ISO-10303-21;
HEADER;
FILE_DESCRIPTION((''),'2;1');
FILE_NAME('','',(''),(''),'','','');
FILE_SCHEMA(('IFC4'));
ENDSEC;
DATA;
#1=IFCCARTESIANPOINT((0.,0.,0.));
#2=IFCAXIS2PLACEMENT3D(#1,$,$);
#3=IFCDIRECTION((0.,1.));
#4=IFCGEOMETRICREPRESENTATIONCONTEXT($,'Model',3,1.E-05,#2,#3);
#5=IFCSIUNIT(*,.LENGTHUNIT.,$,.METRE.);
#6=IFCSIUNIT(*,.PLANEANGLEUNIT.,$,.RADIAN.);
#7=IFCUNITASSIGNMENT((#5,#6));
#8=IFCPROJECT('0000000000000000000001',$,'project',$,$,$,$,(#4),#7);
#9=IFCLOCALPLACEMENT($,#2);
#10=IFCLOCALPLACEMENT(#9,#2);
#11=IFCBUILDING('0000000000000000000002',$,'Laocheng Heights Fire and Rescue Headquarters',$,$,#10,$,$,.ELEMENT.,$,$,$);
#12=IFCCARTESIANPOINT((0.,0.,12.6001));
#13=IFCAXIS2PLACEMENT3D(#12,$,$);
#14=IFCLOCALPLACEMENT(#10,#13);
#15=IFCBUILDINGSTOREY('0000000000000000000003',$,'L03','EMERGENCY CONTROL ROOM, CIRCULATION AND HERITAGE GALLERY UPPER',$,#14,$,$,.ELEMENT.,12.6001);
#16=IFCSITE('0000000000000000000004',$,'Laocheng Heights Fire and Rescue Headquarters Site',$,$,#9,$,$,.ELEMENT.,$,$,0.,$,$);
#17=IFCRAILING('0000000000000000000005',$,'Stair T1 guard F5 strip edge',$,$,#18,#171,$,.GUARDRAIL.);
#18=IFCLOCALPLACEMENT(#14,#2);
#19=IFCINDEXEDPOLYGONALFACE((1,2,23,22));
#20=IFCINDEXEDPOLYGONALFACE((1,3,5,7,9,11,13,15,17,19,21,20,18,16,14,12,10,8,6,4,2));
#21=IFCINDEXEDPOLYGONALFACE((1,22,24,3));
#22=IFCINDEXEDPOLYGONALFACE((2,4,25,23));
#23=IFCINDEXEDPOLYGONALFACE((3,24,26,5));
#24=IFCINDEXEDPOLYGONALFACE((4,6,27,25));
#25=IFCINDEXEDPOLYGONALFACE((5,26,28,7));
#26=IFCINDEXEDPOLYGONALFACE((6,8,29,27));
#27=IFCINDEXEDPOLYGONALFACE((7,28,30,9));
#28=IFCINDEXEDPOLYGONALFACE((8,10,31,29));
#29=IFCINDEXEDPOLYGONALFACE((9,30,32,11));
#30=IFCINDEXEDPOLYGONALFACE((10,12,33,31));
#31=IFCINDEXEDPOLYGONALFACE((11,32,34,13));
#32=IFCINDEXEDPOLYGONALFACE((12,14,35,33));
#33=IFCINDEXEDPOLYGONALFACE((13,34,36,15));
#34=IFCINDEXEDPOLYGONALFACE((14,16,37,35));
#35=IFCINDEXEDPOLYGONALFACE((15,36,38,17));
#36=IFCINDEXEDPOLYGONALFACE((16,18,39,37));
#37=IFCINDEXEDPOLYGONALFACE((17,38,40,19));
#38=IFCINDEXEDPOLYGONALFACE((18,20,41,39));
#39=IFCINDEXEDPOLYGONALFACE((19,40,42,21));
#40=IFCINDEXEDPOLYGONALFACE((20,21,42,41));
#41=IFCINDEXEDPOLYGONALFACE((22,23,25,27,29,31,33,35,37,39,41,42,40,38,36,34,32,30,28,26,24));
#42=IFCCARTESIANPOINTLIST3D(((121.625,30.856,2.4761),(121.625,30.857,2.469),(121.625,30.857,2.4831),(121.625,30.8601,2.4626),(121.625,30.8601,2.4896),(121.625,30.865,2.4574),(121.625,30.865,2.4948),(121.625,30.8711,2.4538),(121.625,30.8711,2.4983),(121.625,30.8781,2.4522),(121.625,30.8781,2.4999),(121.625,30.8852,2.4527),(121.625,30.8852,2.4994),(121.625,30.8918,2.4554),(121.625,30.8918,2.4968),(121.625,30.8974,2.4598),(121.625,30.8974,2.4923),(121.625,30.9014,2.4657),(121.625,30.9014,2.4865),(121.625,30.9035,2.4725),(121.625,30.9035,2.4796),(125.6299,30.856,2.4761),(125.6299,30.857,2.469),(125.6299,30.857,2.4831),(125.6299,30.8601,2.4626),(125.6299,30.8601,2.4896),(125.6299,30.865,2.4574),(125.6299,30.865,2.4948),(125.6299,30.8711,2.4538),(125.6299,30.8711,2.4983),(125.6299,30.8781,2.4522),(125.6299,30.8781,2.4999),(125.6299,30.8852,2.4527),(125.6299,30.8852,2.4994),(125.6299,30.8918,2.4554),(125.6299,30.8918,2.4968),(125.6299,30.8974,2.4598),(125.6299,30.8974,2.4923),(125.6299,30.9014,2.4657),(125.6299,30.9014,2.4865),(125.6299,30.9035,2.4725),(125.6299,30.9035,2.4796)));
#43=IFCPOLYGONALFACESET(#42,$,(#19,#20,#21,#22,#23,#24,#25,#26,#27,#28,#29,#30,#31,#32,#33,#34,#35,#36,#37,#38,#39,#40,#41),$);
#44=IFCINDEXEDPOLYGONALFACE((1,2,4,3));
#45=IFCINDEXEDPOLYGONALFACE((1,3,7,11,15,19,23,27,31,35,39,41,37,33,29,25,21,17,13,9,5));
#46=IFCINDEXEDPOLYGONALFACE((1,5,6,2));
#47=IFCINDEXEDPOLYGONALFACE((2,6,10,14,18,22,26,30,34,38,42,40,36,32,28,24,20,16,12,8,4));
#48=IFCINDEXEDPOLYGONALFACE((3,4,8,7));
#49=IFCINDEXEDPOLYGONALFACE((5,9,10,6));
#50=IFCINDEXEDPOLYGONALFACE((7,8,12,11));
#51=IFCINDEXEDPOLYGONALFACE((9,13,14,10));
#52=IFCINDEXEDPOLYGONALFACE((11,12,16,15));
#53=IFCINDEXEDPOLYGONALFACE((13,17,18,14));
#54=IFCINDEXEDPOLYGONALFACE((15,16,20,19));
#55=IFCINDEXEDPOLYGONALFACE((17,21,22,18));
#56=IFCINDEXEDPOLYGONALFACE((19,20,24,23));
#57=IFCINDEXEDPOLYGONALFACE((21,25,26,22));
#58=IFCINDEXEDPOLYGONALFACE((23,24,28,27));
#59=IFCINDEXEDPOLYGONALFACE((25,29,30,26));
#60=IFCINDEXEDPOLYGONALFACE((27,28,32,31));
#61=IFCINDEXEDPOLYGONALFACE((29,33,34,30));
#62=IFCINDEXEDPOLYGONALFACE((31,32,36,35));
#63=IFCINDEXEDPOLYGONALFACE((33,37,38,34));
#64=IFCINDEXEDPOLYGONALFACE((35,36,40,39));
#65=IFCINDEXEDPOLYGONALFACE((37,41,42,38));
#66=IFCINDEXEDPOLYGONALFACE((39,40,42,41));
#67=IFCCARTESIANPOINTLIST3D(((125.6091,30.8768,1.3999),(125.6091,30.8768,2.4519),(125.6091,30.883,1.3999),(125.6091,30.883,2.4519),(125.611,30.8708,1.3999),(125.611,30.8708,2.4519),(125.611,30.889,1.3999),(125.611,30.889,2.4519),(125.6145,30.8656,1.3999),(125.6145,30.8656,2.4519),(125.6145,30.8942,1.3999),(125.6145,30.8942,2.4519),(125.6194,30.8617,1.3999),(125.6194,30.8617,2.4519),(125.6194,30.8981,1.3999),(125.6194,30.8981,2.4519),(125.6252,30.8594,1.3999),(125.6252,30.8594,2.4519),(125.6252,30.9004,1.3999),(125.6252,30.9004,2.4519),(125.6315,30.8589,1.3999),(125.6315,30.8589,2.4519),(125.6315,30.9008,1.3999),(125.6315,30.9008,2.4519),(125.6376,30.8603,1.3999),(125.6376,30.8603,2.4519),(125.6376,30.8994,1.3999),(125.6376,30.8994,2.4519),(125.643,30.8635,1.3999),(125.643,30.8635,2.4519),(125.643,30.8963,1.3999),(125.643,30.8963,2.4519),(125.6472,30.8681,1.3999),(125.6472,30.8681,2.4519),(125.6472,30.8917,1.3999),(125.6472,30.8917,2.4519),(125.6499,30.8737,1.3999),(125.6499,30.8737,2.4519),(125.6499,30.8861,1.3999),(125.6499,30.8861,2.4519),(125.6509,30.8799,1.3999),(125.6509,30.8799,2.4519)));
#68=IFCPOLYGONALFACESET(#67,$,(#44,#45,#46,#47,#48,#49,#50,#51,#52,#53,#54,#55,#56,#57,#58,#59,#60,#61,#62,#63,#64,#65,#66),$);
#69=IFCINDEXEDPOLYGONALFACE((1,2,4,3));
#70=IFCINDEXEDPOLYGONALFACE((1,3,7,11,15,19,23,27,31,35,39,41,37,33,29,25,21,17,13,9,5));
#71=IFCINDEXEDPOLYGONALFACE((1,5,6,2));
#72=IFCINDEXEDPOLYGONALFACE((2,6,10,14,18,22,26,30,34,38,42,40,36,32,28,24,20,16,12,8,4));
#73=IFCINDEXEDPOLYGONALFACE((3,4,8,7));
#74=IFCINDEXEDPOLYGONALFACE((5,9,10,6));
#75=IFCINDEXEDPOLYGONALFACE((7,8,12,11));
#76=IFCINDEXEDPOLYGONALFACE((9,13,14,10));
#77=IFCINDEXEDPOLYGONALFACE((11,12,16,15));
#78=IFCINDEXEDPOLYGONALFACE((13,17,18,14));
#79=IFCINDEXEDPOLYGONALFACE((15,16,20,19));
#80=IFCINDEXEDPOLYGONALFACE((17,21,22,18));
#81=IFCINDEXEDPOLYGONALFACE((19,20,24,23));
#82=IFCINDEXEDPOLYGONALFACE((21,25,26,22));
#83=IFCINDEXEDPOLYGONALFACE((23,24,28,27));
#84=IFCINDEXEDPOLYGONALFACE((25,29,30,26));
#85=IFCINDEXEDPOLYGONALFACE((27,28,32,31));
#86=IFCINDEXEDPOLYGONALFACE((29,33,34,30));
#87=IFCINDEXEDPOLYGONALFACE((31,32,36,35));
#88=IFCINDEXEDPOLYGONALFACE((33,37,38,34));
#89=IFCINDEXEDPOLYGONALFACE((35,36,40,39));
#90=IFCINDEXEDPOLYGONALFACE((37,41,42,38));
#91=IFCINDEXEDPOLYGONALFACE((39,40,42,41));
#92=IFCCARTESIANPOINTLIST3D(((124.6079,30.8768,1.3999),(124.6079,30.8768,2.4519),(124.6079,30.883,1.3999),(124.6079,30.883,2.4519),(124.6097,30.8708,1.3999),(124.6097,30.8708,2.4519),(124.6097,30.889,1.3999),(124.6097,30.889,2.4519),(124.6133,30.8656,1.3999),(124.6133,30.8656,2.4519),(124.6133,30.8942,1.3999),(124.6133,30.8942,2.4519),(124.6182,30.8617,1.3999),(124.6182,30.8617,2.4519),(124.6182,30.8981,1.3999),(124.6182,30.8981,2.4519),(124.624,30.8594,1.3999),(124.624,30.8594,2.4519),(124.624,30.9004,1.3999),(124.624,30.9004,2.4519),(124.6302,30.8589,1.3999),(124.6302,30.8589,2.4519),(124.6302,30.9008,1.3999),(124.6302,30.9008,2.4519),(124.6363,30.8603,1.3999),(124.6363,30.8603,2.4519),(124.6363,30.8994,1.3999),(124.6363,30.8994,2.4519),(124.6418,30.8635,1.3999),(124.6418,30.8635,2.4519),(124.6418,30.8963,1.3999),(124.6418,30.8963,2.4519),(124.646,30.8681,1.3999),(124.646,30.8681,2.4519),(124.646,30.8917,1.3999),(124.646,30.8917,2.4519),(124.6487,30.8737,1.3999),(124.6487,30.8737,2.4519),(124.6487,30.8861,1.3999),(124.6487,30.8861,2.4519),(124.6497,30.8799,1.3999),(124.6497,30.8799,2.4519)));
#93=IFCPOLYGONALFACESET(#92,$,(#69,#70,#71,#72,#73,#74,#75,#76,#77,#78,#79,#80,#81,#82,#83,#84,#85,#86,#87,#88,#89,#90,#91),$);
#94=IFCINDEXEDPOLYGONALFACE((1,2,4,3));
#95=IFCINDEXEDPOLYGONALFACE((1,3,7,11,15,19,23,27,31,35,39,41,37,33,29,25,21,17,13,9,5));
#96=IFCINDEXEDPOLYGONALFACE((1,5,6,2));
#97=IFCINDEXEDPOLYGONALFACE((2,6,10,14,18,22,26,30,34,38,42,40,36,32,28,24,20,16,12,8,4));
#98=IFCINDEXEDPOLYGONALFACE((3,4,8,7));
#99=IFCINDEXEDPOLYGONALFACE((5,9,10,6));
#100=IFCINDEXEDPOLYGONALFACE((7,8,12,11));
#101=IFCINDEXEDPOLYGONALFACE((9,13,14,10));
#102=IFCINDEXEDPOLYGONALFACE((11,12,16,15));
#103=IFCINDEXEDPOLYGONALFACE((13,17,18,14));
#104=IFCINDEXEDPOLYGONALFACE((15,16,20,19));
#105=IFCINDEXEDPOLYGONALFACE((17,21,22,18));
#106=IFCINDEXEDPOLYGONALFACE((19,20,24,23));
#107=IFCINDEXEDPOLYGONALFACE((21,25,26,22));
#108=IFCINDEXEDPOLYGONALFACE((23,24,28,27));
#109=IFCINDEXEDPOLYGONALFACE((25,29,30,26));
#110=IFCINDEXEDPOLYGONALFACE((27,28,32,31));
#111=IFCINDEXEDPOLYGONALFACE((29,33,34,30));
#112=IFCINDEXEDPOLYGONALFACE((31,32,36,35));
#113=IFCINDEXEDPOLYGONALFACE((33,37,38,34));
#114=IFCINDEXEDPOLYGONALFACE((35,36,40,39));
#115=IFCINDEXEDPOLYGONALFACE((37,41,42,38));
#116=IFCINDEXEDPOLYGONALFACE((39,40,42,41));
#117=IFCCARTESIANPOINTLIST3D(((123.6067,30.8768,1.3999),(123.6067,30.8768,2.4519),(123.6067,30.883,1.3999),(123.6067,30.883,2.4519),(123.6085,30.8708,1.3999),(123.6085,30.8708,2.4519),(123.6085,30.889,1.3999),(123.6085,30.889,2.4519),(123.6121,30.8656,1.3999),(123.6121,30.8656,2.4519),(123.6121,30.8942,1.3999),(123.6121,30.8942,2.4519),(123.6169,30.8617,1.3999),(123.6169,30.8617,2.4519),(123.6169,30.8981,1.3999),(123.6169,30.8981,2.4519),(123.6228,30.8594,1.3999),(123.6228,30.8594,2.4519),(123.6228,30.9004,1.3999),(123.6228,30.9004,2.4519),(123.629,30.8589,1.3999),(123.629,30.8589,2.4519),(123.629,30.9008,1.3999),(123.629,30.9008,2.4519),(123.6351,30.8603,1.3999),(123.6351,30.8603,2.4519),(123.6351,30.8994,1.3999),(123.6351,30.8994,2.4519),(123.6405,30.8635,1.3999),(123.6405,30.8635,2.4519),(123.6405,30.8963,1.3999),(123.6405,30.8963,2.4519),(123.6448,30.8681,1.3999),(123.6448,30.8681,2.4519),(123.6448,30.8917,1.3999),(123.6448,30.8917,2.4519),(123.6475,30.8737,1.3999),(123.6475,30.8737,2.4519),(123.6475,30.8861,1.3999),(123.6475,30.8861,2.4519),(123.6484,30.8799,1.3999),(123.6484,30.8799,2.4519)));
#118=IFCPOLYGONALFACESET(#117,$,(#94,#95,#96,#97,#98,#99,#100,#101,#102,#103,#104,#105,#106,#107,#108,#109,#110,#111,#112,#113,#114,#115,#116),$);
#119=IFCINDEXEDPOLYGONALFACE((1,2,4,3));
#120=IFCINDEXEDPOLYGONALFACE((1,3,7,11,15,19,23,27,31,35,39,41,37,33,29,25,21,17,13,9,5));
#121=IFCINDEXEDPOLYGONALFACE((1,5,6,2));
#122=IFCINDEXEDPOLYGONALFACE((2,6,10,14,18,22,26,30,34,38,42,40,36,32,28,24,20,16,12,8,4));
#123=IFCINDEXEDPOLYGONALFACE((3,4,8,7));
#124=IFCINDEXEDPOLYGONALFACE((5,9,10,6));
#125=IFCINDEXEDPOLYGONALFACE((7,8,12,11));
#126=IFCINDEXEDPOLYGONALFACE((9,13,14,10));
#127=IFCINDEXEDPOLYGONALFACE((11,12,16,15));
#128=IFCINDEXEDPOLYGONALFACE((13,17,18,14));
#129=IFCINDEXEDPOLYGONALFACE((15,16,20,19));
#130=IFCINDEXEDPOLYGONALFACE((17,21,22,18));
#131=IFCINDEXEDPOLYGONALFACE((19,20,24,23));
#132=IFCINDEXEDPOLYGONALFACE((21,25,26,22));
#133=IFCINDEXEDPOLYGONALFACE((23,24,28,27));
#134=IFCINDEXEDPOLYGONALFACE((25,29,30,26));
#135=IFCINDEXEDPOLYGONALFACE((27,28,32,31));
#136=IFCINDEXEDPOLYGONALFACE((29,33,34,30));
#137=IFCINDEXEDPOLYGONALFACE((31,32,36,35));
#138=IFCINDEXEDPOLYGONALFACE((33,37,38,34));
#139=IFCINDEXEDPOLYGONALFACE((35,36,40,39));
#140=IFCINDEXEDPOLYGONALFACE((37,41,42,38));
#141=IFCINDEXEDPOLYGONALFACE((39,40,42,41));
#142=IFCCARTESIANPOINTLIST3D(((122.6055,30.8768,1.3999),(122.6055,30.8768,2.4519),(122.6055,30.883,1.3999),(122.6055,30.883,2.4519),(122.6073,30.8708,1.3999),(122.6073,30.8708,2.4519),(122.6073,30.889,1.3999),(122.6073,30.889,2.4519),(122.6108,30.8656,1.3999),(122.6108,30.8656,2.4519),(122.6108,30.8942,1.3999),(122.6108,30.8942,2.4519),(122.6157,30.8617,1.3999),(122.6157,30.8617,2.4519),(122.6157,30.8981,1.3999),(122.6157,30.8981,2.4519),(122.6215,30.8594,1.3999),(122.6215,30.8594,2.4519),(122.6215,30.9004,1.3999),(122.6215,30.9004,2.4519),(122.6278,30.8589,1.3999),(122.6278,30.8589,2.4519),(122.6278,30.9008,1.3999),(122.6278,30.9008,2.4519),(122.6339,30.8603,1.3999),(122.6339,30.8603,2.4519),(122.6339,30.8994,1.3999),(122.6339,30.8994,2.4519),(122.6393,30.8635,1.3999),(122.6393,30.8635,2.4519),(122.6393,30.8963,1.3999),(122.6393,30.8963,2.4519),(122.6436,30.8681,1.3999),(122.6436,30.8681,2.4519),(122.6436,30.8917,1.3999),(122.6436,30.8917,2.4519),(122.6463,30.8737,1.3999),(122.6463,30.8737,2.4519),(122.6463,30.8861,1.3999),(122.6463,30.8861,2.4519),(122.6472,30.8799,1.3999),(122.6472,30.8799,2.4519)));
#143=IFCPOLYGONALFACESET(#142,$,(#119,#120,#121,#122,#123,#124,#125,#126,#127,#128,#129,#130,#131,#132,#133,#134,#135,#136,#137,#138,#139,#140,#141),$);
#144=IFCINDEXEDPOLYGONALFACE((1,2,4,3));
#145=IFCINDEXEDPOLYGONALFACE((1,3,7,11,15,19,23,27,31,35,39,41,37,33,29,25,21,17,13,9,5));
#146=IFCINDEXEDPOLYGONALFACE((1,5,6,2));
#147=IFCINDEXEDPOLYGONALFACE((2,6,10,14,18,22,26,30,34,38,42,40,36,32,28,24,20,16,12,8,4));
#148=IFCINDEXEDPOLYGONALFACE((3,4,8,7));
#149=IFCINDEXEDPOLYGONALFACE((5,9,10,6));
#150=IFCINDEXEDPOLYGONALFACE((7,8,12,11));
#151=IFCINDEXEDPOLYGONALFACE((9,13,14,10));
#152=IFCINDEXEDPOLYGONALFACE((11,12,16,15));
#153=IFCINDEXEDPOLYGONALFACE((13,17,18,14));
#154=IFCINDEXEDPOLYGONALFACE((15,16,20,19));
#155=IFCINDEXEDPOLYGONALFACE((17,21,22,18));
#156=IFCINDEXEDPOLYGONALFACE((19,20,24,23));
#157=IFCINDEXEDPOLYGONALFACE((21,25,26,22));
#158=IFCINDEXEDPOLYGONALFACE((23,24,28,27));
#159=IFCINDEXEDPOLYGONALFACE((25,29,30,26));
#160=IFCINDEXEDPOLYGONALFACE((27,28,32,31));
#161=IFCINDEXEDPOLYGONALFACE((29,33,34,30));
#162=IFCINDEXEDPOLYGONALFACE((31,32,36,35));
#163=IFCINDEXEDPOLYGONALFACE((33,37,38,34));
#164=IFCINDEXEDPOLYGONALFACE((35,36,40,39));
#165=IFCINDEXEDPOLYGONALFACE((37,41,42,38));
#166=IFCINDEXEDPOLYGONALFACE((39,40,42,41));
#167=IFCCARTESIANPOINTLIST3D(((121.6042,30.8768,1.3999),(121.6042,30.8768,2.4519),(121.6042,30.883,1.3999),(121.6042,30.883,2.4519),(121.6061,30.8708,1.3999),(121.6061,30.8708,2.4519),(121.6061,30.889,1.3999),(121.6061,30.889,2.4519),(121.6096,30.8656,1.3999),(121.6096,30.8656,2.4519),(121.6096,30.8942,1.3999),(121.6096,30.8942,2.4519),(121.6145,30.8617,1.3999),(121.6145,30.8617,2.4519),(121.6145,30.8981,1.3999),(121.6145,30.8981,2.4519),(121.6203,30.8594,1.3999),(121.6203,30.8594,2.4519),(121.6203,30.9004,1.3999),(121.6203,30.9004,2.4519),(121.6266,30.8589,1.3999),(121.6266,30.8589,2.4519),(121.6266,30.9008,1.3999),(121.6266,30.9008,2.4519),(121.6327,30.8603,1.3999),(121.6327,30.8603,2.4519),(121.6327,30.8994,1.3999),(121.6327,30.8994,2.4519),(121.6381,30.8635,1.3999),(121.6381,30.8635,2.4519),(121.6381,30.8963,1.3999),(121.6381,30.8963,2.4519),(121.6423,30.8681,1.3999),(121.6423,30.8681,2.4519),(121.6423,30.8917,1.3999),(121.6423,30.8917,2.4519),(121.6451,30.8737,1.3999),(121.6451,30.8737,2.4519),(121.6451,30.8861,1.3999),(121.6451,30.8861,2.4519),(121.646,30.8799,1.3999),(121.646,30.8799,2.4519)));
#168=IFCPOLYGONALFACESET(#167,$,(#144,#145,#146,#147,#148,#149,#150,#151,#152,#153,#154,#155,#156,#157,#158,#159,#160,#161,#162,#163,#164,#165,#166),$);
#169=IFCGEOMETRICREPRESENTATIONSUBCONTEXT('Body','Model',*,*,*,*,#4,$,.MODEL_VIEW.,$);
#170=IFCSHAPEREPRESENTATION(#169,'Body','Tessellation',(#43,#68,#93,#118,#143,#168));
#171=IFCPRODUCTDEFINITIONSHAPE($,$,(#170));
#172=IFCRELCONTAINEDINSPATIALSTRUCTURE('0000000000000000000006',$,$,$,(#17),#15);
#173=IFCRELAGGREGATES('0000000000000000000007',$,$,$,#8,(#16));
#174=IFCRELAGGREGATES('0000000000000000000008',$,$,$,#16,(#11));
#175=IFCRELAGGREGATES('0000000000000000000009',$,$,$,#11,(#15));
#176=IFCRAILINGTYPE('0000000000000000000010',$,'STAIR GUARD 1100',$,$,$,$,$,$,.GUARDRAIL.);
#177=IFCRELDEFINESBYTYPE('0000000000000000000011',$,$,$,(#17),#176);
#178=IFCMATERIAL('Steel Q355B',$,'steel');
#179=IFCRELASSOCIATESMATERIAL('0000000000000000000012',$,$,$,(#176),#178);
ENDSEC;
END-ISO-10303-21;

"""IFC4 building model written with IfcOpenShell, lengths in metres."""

from ifc_helpers import new_model, si_unit, direction, frame, origin, origin_2d, place, context, subcontext, project, spatial, circle, extrude, material, type_object, element, save


model = new_model("IFC4")

# Units and contexts
model_context = context("Model", 3, precision=1e-05, world=origin(), true_north=direction((0.0, 1.0)))
body_context = subcontext(model_context, "Body", "Model", "MODEL_VIEW")
ifc_project = project(units=[si_unit("LENGTHUNIT", "METRE"), si_unit("PLANEANGLEUNIT", "RADIAN")], contexts=[model_context])

# Site, building, storey
site_placement = place(None, origin())
site = spatial("IfcSite", under=ifc_project, at=site_placement, Name="Laocheng Heights Fire and Rescue Headquarters Site", CompositionType="ELEMENT", RefElevation=0.0)
building_placement = place(site_placement, origin())
building = spatial("IfcBuilding", under=site, at=building_placement, Name="Laocheng Heights Fire and Rescue Headquarters", CompositionType="ELEMENT")
storey_placement = place(building_placement, frame((0.0, 0.0, 12.6001)))
storey = spatial("IfcBuildingStorey", under=building, at=storey_placement, Name="L03", Description="EMERGENCY CONTROL ROOM, CIRCULATION AND HERITAGE GALLERY UPPER", CompositionType="ELEMENT", Elevation=12.6001)

# Railing
ifc_material_1 = material(Name="Steel Q355B", Category="steel")
railing_type_1 = type_object("IfcRailingType", Name="STAIR GUARD 1100", PredefinedType="GUARDRAIL", material=ifc_material_1)
railing_1_placement = place(storey_placement, frame((125.6299, 30.8799, 1.3999)))
element("IfcRailing", 1, at=railing_1_placement, inside=storey, type_object=railing_type_1, Name="Stair T1 guard F5 strip edge", PredefinedType="GUARDRAIL", context=body_context, shape_type="SweptSolid", body=[
    extrude(circle(Radius=0.0239, at=origin_2d()), frame((0.0, 0.0, 1.0762), z_axis=(-1.0, 0.0, 0.0), x_axis=(0.0, -1.0, 0.0)), (0.0, 0.0, 1.0), 4.0049),
    extrude(circle(Radius=0.021, at=origin_2d()), origin(), (0.0, 0.0, 1.0), 1.052),
    extrude(circle(Radius=0.021, at=origin_2d()), frame((-1.0012, 0.0, 0.0)), (0.0, 0.0, 1.0), 1.052),
    extrude(circle(Radius=0.021, at=origin_2d()), frame((-2.0024, 0.0, 0.0)), (0.0, 0.0, 1.0), 1.052),
    extrude(circle(Radius=0.021, at=origin_2d()), frame((-3.0037, 0.0, 0.0)), (0.0, 0.0, 1.0), 1.052),
    extrude(circle(Radius=0.021, at=origin_2d()), frame((-4.0049, 0.0, 0.0)), (0.0, 0.0, 1.0), 1.052),
])

save(model, "model.ifc")
